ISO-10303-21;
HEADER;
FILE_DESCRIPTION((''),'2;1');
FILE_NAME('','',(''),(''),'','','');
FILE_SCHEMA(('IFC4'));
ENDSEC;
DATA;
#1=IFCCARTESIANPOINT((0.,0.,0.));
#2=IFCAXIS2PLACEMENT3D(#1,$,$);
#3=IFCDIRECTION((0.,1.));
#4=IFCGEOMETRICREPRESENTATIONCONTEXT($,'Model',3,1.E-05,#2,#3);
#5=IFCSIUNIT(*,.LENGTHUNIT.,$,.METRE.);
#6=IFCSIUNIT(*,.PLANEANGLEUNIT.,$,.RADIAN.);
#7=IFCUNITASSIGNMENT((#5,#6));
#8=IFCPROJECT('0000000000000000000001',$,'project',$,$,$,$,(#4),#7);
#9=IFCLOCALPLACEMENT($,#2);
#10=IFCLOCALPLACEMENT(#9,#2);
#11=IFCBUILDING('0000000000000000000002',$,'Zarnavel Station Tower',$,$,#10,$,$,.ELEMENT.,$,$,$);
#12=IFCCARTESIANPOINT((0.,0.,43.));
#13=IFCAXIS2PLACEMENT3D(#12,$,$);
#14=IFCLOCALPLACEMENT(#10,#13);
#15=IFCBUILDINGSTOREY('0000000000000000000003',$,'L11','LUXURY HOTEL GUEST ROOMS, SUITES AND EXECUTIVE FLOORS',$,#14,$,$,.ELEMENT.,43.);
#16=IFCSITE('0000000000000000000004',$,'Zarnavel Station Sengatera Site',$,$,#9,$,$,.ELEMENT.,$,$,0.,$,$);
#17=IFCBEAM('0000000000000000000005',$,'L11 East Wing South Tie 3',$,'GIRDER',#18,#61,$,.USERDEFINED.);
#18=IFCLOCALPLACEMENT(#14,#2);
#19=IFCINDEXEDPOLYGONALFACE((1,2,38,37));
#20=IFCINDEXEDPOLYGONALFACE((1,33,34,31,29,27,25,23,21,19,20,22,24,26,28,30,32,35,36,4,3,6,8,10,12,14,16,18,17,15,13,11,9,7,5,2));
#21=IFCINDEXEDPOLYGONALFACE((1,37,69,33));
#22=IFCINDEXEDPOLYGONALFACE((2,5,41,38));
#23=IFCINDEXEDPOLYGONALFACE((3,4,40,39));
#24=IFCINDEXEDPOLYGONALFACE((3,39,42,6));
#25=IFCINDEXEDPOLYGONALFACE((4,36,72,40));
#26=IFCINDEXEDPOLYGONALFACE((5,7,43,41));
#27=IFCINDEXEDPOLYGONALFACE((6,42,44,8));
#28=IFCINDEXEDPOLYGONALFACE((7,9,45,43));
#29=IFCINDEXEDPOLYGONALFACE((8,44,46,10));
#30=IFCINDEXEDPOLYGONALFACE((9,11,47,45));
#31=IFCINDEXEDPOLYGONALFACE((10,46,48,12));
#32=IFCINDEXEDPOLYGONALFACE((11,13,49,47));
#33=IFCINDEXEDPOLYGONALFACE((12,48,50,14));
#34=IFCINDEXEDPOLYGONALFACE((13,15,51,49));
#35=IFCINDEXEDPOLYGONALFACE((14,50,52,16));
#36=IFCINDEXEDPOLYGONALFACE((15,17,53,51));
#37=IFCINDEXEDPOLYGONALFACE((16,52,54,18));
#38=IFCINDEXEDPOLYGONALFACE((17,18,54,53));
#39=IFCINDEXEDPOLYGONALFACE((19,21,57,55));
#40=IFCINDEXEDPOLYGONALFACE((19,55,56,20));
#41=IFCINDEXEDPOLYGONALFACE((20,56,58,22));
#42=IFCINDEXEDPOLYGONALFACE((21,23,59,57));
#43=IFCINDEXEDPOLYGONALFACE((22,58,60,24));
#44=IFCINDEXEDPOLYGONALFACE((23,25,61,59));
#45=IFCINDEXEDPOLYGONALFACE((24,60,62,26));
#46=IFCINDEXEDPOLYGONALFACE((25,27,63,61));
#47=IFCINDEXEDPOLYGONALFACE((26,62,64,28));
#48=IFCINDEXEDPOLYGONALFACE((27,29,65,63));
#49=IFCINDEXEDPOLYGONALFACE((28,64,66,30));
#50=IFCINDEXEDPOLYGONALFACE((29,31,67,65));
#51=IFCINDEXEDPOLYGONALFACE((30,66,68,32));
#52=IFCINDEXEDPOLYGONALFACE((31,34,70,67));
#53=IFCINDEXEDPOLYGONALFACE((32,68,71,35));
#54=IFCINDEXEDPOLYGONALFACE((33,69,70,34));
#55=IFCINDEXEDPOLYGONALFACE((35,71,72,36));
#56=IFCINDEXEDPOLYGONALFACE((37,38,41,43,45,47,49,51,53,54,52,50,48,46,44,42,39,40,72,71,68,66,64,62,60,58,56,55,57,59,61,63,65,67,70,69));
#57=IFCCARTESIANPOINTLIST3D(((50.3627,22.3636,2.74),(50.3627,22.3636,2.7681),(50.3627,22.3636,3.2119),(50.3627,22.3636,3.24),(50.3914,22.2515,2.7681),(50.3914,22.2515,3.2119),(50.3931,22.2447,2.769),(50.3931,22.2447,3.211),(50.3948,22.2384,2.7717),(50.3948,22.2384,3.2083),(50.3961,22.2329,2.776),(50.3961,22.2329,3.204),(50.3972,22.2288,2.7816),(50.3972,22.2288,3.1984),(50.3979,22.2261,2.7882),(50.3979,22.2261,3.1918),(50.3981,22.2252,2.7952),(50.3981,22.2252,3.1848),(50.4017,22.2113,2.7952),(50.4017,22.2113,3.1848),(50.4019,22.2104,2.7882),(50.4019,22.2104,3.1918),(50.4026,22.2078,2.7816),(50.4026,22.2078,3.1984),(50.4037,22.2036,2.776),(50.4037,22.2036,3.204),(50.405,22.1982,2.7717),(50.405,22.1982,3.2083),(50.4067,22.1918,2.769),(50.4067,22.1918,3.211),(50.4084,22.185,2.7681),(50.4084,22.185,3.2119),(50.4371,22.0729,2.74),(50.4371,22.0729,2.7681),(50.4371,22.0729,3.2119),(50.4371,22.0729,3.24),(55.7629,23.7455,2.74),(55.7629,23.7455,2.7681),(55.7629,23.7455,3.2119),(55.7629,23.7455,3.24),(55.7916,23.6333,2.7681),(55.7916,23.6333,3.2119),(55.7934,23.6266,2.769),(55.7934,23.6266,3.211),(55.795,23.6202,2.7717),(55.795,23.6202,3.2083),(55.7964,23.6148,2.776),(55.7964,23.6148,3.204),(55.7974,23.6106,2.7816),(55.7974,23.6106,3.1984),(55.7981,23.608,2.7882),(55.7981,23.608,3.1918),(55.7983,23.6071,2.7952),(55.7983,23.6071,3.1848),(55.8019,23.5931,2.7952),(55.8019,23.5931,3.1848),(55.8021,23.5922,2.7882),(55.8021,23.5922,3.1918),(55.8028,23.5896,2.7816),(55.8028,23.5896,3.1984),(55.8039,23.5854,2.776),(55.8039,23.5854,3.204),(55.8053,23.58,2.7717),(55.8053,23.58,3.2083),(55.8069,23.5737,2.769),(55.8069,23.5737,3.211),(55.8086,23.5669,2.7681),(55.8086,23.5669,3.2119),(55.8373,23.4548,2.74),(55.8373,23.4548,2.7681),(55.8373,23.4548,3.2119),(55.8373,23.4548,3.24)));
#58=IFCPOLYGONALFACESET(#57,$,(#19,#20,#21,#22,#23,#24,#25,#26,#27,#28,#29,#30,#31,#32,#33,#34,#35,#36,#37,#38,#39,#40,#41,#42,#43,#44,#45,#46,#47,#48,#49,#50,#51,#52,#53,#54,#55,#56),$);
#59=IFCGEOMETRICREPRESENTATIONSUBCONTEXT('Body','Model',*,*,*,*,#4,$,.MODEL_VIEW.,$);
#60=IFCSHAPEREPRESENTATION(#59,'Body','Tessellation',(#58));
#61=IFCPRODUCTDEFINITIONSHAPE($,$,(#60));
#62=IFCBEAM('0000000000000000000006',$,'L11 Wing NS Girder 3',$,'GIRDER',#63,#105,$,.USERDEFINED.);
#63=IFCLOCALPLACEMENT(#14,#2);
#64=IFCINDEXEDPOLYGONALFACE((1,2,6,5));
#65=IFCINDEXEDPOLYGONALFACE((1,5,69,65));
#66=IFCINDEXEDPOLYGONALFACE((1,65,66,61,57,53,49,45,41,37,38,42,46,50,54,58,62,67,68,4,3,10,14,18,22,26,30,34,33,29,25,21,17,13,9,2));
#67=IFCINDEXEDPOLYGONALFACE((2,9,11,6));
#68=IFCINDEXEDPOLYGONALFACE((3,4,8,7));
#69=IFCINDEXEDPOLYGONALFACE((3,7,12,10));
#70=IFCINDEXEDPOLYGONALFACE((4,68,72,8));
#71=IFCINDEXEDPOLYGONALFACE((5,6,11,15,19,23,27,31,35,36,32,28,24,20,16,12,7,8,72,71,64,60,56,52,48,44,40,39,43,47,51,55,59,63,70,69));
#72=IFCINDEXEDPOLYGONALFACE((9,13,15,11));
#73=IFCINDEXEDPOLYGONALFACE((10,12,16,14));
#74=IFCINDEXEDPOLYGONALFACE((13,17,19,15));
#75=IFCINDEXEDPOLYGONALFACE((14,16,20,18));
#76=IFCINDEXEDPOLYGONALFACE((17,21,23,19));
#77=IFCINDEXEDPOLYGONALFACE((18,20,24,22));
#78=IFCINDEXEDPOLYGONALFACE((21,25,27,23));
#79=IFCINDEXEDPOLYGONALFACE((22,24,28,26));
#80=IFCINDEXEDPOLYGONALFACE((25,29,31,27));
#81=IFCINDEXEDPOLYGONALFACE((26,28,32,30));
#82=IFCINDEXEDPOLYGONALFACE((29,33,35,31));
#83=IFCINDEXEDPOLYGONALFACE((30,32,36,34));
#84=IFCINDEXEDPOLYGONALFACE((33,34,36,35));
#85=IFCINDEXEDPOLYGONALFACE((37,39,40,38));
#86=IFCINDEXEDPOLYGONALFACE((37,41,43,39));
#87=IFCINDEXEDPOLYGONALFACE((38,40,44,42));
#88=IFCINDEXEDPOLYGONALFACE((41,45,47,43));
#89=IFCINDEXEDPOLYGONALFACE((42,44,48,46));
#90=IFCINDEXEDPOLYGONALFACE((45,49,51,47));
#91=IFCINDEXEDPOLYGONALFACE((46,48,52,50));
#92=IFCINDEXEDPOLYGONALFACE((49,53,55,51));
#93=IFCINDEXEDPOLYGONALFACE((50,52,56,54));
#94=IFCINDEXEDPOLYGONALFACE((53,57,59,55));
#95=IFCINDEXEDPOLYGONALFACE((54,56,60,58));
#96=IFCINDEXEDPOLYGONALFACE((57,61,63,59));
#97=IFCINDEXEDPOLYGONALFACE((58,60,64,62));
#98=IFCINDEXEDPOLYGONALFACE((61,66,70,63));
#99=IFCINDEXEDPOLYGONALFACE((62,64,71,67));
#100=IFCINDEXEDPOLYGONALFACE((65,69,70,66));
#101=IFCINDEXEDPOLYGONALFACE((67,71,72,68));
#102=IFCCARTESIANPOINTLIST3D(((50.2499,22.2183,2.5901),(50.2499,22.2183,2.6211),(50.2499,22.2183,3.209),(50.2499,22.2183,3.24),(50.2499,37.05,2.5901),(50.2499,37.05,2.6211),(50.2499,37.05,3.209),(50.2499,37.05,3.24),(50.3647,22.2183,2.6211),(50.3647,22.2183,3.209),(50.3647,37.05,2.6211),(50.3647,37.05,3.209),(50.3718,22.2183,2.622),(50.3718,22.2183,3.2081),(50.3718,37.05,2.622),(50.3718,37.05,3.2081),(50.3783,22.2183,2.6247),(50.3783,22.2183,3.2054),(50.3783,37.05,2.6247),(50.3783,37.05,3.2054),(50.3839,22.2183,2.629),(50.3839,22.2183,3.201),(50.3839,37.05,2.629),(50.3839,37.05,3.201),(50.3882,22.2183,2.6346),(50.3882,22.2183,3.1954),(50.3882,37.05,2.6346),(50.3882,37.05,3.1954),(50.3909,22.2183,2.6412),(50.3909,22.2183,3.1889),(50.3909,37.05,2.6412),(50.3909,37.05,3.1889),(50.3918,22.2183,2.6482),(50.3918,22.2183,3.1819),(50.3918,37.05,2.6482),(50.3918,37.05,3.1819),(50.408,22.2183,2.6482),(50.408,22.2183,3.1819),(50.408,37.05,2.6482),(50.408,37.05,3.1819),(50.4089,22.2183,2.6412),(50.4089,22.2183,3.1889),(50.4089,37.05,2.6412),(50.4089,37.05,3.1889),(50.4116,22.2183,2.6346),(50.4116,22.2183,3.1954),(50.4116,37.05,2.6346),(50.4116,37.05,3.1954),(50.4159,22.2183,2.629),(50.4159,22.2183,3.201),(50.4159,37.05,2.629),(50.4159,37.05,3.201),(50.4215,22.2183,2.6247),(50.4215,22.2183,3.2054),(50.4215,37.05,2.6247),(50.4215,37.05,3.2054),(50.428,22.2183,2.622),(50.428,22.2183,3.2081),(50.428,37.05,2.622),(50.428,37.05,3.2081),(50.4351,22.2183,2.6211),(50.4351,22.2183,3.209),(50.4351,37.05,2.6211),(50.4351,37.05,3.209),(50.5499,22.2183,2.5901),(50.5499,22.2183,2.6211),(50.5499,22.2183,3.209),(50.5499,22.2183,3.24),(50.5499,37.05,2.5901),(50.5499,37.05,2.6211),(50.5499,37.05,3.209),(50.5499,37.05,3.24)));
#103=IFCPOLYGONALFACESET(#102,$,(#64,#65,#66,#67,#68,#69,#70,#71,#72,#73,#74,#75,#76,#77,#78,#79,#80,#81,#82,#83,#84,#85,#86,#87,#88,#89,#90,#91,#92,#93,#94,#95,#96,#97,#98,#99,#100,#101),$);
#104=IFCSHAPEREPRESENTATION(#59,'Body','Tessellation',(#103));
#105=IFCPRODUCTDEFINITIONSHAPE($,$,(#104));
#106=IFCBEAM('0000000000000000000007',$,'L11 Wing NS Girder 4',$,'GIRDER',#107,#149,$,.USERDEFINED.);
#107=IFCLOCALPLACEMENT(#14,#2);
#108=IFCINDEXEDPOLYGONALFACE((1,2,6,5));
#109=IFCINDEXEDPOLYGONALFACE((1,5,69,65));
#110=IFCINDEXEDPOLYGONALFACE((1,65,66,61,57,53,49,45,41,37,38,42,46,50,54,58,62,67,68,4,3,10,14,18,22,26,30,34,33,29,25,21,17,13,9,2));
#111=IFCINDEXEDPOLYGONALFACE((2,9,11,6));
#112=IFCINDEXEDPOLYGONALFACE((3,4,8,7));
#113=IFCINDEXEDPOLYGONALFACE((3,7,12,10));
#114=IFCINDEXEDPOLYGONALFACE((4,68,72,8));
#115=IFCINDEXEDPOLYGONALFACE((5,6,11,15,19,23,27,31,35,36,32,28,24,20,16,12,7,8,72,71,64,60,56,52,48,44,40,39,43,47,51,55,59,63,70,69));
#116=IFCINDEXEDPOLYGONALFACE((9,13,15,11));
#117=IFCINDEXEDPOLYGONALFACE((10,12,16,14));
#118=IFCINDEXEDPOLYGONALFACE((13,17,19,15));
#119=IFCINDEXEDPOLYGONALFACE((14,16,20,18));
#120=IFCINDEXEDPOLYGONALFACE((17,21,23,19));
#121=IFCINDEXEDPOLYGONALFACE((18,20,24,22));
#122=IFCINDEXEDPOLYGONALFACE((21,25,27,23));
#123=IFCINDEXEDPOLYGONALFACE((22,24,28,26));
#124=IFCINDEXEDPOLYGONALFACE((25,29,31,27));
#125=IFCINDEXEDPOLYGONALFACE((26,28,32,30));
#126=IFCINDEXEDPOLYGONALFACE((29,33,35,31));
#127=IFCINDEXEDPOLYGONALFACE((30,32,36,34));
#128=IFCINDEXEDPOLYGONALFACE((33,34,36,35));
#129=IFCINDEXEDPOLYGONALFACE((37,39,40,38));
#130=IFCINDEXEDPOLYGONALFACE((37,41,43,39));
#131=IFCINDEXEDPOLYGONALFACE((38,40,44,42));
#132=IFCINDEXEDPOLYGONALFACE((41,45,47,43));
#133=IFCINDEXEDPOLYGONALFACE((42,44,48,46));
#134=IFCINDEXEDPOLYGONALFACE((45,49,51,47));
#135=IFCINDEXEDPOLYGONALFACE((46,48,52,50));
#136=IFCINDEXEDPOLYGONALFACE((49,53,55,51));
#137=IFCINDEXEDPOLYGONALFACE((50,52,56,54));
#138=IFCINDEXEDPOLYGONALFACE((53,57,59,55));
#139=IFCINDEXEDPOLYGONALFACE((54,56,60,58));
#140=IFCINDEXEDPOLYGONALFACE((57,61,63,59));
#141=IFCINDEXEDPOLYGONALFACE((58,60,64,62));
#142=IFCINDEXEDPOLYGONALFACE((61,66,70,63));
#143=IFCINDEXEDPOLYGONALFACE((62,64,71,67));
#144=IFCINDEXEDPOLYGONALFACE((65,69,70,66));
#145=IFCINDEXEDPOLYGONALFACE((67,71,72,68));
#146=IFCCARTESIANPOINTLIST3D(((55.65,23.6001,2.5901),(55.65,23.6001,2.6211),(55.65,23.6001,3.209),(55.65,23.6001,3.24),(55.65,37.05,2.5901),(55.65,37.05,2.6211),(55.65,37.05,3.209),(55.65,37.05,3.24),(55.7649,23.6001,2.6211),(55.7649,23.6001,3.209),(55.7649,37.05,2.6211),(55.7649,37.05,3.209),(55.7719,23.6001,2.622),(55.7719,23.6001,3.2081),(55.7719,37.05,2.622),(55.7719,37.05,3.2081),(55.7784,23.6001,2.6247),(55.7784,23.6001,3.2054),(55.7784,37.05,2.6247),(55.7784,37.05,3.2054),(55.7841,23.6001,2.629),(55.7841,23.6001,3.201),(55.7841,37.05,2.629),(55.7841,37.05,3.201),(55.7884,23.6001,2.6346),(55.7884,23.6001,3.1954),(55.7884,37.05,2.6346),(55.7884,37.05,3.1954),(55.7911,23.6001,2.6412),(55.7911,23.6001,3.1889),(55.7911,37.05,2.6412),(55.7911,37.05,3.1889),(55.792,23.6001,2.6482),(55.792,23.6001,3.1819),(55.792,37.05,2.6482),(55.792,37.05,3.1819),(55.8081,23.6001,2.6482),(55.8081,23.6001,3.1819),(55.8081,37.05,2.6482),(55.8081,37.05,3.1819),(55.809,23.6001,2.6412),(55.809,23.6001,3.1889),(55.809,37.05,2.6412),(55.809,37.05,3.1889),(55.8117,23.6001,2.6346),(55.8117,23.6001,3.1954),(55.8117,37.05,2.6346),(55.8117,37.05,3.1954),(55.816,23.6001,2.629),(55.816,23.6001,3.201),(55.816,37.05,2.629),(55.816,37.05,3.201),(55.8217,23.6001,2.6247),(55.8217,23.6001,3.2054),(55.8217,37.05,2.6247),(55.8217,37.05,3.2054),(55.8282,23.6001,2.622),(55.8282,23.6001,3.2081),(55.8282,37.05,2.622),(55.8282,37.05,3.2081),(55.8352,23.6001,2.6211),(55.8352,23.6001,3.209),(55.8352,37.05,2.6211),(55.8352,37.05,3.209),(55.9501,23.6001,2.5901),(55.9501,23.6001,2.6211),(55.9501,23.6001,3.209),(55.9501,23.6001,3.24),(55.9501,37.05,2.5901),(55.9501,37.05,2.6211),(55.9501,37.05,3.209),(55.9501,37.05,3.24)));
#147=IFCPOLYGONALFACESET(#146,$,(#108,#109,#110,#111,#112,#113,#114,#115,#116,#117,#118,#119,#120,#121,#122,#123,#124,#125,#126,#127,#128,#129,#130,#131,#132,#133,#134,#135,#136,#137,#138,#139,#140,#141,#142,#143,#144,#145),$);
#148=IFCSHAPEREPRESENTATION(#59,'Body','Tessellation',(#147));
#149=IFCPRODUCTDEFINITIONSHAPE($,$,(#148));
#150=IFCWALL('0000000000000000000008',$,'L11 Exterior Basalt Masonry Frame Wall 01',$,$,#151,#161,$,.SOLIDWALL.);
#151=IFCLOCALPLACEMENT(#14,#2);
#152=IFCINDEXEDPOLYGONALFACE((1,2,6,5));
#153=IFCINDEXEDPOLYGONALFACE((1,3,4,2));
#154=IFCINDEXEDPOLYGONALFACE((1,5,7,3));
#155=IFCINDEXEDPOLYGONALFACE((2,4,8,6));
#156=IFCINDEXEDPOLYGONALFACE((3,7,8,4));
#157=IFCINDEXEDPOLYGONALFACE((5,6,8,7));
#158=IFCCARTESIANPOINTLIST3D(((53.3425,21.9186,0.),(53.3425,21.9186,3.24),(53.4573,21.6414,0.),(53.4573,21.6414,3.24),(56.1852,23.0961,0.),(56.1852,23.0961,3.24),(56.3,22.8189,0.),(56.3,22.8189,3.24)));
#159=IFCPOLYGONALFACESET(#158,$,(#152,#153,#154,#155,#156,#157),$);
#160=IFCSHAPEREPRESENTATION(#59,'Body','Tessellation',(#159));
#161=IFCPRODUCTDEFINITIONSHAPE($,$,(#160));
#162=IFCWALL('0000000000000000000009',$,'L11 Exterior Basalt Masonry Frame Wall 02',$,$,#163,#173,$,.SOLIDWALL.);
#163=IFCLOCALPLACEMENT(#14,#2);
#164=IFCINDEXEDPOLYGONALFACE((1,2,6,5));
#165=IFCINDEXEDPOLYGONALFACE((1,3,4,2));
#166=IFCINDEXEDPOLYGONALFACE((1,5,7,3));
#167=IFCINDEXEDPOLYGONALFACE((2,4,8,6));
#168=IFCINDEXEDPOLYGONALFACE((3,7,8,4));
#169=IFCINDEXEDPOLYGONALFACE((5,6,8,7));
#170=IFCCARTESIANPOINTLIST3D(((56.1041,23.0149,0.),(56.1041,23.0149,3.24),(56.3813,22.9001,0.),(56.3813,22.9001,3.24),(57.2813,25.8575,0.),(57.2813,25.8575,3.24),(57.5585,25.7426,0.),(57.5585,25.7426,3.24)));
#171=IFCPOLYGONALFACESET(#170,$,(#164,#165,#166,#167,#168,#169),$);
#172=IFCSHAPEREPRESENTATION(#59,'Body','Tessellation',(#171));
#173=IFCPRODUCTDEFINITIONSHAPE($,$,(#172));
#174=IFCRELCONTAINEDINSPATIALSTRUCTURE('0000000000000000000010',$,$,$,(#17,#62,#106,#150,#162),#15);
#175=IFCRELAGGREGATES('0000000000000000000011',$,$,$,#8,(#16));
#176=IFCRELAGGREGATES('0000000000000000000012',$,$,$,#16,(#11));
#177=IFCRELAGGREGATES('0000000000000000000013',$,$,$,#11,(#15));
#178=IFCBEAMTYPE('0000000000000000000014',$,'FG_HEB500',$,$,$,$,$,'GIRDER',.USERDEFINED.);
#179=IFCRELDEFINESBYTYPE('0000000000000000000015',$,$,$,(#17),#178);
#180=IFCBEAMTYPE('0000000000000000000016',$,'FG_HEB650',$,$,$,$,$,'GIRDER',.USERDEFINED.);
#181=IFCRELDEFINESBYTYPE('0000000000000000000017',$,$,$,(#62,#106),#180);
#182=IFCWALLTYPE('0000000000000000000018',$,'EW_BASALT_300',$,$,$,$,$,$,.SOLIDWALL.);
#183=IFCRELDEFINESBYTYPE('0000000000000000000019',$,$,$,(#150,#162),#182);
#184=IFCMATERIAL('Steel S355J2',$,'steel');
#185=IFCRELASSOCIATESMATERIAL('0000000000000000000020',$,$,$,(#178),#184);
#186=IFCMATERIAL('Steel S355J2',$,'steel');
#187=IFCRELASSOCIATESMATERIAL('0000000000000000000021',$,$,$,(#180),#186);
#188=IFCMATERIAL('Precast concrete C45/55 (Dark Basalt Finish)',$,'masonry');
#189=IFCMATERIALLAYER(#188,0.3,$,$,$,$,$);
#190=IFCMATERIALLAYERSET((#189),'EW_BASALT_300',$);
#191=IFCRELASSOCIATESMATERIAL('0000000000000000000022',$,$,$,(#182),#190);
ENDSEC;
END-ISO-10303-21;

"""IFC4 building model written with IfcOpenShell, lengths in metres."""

from ifc_helpers import new_model, si_unit, direction, frame, frame_2d, origin, origin_2d, place, context, subcontext, project, spatial, rectangle, i_section, extrude, material, layer, layer_set, material_profile, profile_set, type_object, element, save


model = new_model("IFC4")

# Units and contexts
model_context = context("Model", 3, precision=1e-05, world=origin(), true_north=direction((0.0, 1.0)))
body_context = subcontext(model_context, "Body", "Model", "MODEL_VIEW")
ifc_project = project(units=[si_unit("LENGTHUNIT", "METRE"), si_unit("PLANEANGLEUNIT", "RADIAN")], contexts=[model_context])

# Site, building, storey
site_placement = place(None, origin())
site = spatial("IfcSite", under=ifc_project, at=site_placement, Name="Zarnavel Station Sengatera Site", CompositionType="ELEMENT", RefElevation=0.0)
building_placement = place(site_placement, origin())
building = spatial("IfcBuilding", under=site, at=building_placement, Name="Zarnavel Station Tower", CompositionType="ELEMENT")
storey_placement = place(building_placement, frame((0.0, 0.0, 43.0)))
storey = spatial("IfcBuildingStorey", under=building, at=storey_placement, Name="L11", Description="LUXURY HOTEL GUEST ROOMS, SUITES AND EXECUTIVE FLOORS", CompositionType="ELEMENT", Elevation=43.0)

# Beams
ifc_material_1 = material(Name="Steel S355J2", Category="steel")
ifc_material_profile_1 = material_profile(ifc_material_1, i_section(OverallWidth=0.3, OverallDepth=0.5, WebThickness=0.0144, FlangeThickness=0.0281, FilletRadius=0.0271, at=origin_2d()), Name="HEB500")
ifc_profile_set_1 = profile_set([ifc_material_profile_1], Name="Steel S355J2")
beam_type_1 = type_object("IfcBeamType", Name="FG_HEB500", ElementType="GIRDER", PredefinedType="USERDEFINED", material=ifc_profile_set_1)
beam_1_placement = place(storey_placement, frame((50.3999, 22.2183, 2.99), z_axis=(0.968785, 0.247901, 0.0), x_axis=(-0.247901, 0.968785, 0.0)))
element("IfcBeam", 1, at=beam_1_placement, inside=storey, type_object=beam_type_1, Name="L11 East Wing South Tie 3", ObjectType="GIRDER", PredefinedType="USERDEFINED", context=body_context, shape_type="SweptSolid", body=[
    extrude(i_section(OverallWidth=0.3, OverallDepth=0.5, WebThickness=0.0144, FlangeThickness=0.0281, FilletRadius=0.0271, at=origin_2d()), origin(), (0.0, 0.0, 1.0), 5.5742),
])
ifc_material_2 = material(Name="Steel S355J2", Category="steel")
ifc_material_profile_2 = material_profile(ifc_material_2, i_section(OverallWidth=0.3, OverallDepth=0.6499, WebThickness=0.0161, FlangeThickness=0.031, FilletRadius=0.0271, at=origin_2d()), Name="HEB650")
ifc_profile_set_2 = profile_set([ifc_material_profile_2], Name="Steel S355J2")
beam_type_2 = type_object("IfcBeamType", Name="FG_HEB650", ElementType="GIRDER", PredefinedType="USERDEFINED", material=ifc_profile_set_2)
beam_2_placement = place(storey_placement, frame((50.3999, 22.2183, 2.915), z_axis=(0.0, 1.0, 0.0), x_axis=(-1.0, 0.0, 0.0)))
element("IfcBeam", 2, at=beam_2_placement, inside=storey, type_object=beam_type_2, Name="L11 Wing NS Girder 3", ObjectType="GIRDER", PredefinedType="USERDEFINED", context=body_context, shape_type="SweptSolid", body=[
    extrude(i_section(OverallWidth=0.3, OverallDepth=0.6499, WebThickness=0.0161, FlangeThickness=0.031, FilletRadius=0.0271, at=origin_2d()), origin(), (0.0, 0.0, 1.0), 14.8318),
])
beam_3_placement = place(storey_placement, frame((55.8, 23.6001, 2.915), z_axis=(0.0, 1.0, 0.0), x_axis=(-1.0, 0.0, 0.0)))
element("IfcBeam", 3, at=beam_3_placement, inside=storey, type_object=beam_type_2, Name="L11 Wing NS Girder 4", ObjectType="GIRDER", PredefinedType="USERDEFINED", context=body_context, shape_type="SweptSolid", body=[
    extrude(i_section(OverallWidth=0.3, OverallDepth=0.6499, WebThickness=0.0161, FlangeThickness=0.031, FilletRadius=0.0271, at=origin_2d()), origin(), (0.0, 0.0, 1.0), 13.45),
])

# Walls
ifc_material_3 = material(Name="Precast concrete C45/55 (Dark Basalt Finish)", Category="masonry")
ifc_layer_1 = layer(ifc_material_3, 0.3)
ifc_layer_set_1 = layer_set([ifc_layer_1], Name="EW_BASALT_300")
wall_type_1 = type_object("IfcWallType", Name="EW_BASALT_300", PredefinedType="SOLIDWALL", material=ifc_layer_set_1)
wall_1_placement = place(storey_placement, frame((56.2427, 22.9575, 0.0), z_axis=(0.0, 0.0, 1.0), x_axis=(-0.923882, -0.382676, 0.0)))
element("IfcWall", 4, at=wall_1_placement, inside=storey, type_object=wall_type_1, Name="L11 Exterior Basalt Masonry Frame Wall 01", PredefinedType="SOLIDWALL", context=body_context, shape_type="SweptSolid", body=[
    extrude(rectangle(XDim=3.0769, YDim=0.3, at=frame_2d((1.5386, 0.0))), origin(), (0.0, 0.0, 1.0), 3.24),
])
wall_2_placement = place(storey_placement, frame((57.4199, 25.8, 0.0), z_axis=(0.0, 0.0, 1.0), x_axis=(-0.382637, -0.923899, 0.0)))
element("IfcWall", 5, at=wall_2_placement, inside=storey, type_object=wall_type_1, Name="L11 Exterior Basalt Masonry Frame Wall 02", PredefinedType="SOLIDWALL", context=body_context, shape_type="SweptSolid", body=[
    extrude(rectangle(XDim=3.0767, YDim=0.3, at=frame_2d((1.5383, 0.0))), origin(), (0.0, 0.0, 1.0), 3.24),
])

save(model, "model.ifc")
